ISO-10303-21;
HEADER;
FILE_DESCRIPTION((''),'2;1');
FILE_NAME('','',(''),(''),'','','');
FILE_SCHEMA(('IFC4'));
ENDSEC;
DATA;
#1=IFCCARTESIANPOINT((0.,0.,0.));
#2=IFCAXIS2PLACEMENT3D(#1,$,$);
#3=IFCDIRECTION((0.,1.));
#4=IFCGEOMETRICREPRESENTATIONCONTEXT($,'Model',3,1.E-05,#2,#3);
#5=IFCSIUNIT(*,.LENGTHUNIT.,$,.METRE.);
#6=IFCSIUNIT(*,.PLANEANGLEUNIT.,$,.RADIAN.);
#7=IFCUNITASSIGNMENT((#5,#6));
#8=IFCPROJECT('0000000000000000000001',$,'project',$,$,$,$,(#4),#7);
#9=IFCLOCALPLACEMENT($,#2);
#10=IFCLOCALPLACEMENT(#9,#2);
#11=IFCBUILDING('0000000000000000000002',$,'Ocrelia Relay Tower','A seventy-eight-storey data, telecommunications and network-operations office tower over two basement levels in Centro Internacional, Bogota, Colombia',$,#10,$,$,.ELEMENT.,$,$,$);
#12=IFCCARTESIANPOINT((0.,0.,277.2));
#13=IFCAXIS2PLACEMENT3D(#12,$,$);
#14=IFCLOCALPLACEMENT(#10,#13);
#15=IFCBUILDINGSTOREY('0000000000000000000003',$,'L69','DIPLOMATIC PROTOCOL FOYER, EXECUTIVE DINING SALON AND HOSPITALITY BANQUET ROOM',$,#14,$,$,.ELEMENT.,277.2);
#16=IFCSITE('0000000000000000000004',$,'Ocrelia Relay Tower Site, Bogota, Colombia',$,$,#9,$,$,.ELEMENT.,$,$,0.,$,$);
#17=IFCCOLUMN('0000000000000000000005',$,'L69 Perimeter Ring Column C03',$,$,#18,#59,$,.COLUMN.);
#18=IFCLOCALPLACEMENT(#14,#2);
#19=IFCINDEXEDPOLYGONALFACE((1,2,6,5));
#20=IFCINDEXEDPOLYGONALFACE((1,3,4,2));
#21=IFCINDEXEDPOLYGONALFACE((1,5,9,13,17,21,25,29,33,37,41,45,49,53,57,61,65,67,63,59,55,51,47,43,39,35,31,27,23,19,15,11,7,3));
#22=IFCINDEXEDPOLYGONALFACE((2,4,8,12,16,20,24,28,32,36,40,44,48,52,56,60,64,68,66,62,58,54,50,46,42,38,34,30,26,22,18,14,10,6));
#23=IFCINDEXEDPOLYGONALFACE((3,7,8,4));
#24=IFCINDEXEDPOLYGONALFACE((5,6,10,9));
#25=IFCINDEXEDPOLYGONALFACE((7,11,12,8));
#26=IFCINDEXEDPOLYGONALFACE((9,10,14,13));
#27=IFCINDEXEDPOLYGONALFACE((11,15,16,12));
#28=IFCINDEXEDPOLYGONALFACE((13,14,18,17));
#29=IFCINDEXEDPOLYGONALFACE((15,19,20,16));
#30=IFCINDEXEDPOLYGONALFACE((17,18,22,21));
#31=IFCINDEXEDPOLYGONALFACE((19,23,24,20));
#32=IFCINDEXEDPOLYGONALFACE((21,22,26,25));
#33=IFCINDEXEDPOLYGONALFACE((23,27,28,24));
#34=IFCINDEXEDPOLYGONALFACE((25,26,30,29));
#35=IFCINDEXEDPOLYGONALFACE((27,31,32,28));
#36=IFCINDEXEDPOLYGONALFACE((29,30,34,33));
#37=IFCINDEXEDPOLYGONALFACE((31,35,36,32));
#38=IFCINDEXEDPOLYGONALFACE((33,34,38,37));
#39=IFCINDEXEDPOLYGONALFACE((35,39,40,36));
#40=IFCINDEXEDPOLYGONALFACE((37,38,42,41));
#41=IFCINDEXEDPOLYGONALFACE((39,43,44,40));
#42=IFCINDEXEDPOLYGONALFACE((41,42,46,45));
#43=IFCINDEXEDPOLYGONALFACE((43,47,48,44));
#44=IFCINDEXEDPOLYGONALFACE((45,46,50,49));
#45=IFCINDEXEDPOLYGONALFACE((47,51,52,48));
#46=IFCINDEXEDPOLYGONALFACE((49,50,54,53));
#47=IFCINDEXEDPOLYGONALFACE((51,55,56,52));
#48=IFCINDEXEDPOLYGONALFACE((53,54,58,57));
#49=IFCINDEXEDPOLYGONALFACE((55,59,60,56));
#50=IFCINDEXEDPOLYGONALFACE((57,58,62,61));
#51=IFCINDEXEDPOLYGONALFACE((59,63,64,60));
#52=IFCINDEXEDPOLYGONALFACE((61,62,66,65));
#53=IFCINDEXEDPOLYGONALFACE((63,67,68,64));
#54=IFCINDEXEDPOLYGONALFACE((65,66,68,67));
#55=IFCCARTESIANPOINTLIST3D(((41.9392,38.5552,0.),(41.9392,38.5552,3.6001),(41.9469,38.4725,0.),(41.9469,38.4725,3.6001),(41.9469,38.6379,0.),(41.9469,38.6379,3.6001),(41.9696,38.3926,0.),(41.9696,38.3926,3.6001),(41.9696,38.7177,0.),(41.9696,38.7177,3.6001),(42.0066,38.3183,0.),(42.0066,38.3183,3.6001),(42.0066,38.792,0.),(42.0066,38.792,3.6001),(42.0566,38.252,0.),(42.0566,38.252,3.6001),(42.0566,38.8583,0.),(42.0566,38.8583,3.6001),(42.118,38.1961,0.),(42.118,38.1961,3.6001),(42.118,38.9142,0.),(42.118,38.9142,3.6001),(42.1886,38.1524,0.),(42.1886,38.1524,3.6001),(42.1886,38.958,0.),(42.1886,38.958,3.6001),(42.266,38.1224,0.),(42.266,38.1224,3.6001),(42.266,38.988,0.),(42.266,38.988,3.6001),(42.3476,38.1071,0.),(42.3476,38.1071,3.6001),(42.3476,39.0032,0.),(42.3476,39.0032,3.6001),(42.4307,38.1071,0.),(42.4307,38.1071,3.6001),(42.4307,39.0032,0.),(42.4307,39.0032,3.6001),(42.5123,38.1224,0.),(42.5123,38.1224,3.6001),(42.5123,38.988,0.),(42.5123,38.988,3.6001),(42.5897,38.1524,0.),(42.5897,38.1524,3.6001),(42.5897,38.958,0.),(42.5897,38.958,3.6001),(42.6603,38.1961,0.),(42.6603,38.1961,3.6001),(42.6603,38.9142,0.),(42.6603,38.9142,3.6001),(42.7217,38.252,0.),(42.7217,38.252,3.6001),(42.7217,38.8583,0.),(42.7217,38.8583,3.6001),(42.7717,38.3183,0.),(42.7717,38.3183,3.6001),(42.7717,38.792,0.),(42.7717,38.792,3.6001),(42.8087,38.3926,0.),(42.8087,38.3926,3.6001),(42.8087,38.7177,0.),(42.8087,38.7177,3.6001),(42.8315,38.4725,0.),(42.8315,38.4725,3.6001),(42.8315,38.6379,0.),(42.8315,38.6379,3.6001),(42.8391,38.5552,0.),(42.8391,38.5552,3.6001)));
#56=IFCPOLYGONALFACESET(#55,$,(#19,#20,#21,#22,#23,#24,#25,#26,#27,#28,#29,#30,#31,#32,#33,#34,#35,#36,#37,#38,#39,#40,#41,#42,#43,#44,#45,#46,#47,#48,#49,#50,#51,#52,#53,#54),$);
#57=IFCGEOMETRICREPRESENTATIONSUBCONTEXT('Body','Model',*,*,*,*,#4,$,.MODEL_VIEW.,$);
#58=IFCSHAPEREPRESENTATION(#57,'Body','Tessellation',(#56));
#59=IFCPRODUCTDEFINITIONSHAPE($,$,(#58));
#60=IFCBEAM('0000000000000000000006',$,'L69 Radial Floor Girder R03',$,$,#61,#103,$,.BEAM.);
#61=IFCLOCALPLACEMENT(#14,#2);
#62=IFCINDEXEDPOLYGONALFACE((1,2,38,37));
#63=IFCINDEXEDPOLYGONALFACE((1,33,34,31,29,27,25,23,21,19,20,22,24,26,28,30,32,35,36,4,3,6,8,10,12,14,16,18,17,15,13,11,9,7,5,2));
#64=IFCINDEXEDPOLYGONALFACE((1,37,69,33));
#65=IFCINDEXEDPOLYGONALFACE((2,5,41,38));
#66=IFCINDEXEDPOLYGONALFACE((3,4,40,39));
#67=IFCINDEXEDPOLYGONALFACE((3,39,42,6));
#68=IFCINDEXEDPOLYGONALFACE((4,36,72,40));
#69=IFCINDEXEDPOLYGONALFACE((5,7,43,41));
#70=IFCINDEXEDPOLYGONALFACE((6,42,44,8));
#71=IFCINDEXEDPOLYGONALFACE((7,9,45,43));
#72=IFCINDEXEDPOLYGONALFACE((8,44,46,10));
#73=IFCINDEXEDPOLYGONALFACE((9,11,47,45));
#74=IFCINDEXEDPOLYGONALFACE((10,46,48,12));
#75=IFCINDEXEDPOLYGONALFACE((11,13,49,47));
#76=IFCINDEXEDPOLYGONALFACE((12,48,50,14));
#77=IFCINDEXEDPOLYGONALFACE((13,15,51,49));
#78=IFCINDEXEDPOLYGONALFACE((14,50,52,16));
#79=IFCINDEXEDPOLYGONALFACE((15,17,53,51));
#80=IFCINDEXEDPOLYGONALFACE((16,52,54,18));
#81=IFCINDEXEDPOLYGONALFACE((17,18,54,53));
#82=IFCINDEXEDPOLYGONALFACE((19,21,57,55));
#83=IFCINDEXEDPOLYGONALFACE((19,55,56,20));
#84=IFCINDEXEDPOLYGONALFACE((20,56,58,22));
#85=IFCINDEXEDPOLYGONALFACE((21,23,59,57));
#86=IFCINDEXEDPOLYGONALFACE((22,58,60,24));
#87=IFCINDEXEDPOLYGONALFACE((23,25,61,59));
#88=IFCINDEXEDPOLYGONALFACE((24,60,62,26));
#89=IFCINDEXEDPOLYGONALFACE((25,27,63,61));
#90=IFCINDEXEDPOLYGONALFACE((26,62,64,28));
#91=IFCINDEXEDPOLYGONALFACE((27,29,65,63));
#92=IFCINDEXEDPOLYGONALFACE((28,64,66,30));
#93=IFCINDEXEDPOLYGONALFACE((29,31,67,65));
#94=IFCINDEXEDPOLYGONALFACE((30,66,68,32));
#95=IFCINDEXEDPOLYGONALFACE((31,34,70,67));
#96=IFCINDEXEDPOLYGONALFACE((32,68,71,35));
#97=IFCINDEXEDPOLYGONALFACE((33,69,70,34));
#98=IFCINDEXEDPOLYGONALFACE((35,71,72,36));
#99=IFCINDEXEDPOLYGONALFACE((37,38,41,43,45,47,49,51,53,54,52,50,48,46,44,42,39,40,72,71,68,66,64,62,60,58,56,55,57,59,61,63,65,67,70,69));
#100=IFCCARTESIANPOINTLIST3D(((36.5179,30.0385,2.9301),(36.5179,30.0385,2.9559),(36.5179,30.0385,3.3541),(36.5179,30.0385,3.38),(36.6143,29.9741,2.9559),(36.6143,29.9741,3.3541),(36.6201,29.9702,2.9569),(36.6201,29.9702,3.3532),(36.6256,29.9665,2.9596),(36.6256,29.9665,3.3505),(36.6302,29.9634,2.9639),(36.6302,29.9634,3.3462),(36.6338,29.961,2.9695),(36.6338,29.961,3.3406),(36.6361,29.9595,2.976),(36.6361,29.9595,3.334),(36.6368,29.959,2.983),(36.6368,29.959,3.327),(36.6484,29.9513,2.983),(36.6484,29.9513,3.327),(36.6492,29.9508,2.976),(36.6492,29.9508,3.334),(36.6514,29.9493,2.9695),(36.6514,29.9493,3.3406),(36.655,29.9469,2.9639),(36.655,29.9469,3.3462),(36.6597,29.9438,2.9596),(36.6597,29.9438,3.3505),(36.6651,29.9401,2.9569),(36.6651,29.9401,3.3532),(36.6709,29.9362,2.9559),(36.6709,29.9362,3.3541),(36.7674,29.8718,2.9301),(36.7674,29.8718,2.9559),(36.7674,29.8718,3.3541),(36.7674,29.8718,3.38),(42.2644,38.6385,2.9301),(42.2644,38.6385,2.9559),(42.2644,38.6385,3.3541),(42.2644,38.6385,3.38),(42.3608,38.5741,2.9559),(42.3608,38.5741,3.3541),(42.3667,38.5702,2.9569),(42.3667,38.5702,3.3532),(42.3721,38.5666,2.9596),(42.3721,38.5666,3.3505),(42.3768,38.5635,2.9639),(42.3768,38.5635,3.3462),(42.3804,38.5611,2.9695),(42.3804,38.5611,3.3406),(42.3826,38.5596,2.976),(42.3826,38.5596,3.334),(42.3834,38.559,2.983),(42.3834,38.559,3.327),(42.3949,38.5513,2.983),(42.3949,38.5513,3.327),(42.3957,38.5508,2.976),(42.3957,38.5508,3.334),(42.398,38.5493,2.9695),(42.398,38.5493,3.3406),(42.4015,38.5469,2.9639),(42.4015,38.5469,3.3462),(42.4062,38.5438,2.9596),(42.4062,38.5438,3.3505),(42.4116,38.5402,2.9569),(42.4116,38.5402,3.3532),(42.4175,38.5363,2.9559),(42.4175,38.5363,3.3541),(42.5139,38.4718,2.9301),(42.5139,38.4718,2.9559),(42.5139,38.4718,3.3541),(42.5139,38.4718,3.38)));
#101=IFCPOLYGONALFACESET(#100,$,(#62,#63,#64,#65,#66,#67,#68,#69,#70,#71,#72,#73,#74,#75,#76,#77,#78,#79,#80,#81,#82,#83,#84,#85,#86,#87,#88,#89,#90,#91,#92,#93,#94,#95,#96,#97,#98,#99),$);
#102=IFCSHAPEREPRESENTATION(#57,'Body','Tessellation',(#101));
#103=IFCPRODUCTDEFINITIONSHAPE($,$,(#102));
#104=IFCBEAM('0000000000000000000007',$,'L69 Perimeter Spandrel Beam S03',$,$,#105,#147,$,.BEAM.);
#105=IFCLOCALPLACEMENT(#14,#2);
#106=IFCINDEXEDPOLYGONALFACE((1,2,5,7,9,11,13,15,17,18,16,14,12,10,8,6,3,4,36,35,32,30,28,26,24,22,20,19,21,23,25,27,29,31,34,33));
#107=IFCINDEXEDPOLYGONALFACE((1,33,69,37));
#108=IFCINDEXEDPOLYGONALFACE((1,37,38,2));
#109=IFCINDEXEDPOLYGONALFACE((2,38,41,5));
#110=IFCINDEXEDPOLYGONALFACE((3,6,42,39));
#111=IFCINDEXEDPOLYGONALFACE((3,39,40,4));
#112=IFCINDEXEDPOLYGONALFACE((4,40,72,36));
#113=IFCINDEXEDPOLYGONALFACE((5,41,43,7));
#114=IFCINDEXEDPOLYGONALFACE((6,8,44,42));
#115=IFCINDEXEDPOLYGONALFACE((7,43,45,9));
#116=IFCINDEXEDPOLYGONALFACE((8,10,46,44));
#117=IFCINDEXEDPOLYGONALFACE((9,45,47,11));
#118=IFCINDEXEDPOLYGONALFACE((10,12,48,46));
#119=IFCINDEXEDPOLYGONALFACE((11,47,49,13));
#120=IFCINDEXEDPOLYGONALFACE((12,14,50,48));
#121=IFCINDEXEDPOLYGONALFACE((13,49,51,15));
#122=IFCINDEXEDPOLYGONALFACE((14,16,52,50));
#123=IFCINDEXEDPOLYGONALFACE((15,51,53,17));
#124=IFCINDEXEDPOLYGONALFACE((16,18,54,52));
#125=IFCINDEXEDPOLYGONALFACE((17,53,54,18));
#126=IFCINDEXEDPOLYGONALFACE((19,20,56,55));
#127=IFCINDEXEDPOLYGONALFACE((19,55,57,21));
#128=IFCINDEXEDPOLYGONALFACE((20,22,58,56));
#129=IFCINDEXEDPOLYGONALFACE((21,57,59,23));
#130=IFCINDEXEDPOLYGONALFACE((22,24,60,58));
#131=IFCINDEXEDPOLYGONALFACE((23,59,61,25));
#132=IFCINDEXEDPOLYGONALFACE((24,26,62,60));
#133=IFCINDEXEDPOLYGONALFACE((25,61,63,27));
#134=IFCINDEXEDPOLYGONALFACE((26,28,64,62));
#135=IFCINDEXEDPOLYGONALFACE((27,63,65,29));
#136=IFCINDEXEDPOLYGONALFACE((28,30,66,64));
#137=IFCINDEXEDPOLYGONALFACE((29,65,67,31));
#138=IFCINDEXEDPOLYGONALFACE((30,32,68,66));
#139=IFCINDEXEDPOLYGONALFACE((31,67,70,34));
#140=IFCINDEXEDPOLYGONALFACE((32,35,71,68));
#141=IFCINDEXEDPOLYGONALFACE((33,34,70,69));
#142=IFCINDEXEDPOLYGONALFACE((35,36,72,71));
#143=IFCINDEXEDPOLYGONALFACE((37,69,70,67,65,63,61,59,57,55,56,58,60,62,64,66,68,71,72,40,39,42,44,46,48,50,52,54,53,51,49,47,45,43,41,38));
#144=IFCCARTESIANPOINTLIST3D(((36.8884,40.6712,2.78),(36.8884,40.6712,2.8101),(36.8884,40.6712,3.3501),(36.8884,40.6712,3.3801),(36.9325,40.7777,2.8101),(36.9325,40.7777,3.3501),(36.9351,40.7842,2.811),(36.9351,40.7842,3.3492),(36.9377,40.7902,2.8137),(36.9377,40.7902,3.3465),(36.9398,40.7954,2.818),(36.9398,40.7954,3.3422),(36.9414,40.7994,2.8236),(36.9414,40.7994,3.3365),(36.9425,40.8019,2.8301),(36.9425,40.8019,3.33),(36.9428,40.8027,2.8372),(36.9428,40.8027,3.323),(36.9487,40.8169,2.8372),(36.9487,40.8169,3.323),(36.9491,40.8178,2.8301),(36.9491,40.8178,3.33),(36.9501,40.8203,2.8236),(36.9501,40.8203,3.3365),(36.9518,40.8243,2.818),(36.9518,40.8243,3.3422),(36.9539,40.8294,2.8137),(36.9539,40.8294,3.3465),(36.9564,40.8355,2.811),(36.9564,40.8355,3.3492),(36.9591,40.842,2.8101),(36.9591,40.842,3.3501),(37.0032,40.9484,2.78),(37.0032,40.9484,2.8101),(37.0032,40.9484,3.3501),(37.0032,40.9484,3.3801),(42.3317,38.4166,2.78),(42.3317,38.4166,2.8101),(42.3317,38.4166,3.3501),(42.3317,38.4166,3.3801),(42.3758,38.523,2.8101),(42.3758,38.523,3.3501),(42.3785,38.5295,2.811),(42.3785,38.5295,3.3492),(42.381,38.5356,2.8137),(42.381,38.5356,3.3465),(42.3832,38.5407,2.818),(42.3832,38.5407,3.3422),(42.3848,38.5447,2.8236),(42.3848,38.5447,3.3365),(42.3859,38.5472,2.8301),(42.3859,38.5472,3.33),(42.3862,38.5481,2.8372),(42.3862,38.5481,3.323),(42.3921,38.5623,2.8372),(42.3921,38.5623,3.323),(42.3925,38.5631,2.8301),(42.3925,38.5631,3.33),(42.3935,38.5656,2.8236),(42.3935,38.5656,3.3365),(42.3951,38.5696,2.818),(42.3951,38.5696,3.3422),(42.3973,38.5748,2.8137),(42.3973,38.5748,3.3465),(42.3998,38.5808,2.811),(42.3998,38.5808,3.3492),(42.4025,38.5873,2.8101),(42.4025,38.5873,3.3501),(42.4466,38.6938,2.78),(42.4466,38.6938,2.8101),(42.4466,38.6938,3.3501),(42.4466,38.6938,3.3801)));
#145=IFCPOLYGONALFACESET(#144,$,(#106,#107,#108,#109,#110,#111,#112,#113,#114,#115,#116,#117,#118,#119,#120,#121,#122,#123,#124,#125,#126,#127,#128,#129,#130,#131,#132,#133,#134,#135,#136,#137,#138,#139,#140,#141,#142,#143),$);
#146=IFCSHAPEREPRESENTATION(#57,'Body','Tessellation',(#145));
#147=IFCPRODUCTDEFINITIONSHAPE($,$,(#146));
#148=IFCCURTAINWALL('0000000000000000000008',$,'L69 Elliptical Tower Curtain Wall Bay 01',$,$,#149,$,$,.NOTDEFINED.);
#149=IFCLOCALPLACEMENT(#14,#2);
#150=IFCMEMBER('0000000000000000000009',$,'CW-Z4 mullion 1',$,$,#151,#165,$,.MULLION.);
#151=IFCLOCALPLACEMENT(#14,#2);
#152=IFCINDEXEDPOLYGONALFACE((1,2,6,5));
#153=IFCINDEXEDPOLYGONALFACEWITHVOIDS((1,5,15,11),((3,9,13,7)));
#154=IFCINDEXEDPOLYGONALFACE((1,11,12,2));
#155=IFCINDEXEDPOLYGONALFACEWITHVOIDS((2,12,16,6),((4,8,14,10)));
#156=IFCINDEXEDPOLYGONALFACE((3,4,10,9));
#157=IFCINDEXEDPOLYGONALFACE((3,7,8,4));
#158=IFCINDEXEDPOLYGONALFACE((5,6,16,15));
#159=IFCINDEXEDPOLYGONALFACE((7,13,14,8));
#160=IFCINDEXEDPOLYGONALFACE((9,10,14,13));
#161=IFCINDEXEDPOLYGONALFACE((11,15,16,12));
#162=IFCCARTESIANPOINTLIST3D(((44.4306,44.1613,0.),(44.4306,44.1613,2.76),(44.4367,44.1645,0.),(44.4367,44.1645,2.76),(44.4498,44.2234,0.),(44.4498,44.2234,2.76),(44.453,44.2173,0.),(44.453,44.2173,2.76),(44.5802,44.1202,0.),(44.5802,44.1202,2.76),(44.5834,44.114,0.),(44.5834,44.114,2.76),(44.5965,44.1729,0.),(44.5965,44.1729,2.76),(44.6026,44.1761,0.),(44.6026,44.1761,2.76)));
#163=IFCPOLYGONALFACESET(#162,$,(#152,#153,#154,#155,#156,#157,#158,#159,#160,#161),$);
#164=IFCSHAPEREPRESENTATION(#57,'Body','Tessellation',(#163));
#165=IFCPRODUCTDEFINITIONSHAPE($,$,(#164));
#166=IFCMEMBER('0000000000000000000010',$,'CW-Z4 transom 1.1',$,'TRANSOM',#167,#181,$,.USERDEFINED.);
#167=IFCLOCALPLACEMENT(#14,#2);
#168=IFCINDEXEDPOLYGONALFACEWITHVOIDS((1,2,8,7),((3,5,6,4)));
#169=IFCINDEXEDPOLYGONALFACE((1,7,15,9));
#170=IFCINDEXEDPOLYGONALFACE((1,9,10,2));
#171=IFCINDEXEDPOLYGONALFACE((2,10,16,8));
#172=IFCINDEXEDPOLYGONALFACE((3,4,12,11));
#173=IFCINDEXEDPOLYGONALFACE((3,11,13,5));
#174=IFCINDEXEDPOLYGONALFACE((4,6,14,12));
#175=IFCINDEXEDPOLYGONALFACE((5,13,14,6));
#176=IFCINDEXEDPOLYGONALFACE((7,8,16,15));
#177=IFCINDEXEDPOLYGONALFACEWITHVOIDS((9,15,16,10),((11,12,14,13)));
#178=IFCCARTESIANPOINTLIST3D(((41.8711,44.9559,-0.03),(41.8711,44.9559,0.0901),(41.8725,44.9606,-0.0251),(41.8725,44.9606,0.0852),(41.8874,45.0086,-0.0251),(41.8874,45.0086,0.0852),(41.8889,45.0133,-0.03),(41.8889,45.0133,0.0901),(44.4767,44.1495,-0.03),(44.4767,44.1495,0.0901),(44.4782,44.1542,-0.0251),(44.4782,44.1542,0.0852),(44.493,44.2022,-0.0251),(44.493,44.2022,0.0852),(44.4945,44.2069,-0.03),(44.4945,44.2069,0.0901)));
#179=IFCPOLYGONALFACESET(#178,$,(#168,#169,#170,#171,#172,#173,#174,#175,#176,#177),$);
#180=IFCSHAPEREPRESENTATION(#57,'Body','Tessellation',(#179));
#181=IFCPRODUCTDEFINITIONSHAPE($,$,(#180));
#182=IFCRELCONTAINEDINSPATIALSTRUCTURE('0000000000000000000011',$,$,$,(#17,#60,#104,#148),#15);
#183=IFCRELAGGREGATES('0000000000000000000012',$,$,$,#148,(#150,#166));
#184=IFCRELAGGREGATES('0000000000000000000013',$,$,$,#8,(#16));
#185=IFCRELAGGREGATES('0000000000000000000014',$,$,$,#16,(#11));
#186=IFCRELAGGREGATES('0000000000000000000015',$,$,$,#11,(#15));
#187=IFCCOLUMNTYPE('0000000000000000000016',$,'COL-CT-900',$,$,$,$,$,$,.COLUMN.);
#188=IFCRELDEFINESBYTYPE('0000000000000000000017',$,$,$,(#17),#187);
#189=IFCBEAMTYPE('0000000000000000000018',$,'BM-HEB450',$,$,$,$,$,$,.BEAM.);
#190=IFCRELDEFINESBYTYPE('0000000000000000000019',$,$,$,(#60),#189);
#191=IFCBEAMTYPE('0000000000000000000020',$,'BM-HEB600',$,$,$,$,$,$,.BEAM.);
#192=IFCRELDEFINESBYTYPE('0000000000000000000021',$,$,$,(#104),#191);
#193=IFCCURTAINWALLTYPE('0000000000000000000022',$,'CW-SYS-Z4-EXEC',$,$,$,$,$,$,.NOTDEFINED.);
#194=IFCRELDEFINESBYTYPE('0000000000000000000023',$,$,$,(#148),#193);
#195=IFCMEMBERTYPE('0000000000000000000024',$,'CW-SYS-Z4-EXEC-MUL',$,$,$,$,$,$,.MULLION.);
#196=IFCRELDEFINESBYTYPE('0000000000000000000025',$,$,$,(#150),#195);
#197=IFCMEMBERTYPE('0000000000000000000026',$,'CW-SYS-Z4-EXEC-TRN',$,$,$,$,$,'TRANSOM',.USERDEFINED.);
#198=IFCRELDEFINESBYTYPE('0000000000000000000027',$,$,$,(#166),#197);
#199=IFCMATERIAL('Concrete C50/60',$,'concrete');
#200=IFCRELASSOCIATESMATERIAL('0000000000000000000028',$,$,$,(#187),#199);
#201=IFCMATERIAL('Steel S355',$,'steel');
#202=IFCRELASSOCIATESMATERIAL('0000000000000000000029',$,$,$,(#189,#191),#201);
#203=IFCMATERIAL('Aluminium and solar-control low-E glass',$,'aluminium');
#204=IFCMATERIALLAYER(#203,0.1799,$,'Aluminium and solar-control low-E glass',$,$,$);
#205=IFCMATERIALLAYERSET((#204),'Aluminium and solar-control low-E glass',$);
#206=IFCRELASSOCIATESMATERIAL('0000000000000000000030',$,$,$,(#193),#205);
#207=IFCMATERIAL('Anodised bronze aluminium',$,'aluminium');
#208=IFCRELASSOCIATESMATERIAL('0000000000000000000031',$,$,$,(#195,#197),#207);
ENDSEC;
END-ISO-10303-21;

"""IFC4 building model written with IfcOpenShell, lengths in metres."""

from ifc_helpers import new_model, si_unit, direction, frame, origin, origin_2d, place, context, subcontext, project, spatial, hollow_rectangle, circle, i_section, extrude, material, layer, layer_set, material_profile, profile_set, type_object, element, aggregate, save


model = new_model("IFC4")

# Units and contexts
model_context = context("Model", 3, precision=1e-05, world=origin(), true_north=direction((0.0, 1.0)))
body_context = subcontext(model_context, "Body", "Model", "MODEL_VIEW")
ifc_project = project(units=[si_unit("LENGTHUNIT", "METRE"), si_unit("PLANEANGLEUNIT", "RADIAN")], contexts=[model_context])

# Site, building, storey
site_placement = place(None, origin())
site = spatial("IfcSite", under=ifc_project, at=site_placement, Name="Ocrelia Relay Tower Site, Bogota, Colombia", CompositionType="ELEMENT", RefElevation=0.0)
building_placement = place(site_placement, origin())
building = spatial("IfcBuilding", under=site, at=building_placement, Name="Ocrelia Relay Tower", Description="A seventy-eight-storey data, telecommunications and network-operations office tower over two basement levels in Centro Internacional, Bogota, Colombia", CompositionType="ELEMENT")
storey_placement = place(building_placement, frame((0.0, 0.0, 277.2)))
storey = spatial("IfcBuildingStorey", under=building, at=storey_placement, Name="L69", Description="DIPLOMATIC PROTOCOL FOYER, EXECUTIVE DINING SALON AND HOSPITALITY BANQUET ROOM", CompositionType="ELEMENT", Elevation=277.2)

# Column
ifc_material_1 = material(Name="Concrete C50/60", Category="concrete")
ifc_material_profile_1 = material_profile(ifc_material_1, circle(Radius=0.45, at=origin_2d()), Name="RC-CIR-900")
ifc_profile_set_1 = profile_set([ifc_material_profile_1], Name="Concrete C50/60")
column_type = type_object("IfcColumnType", Name="COL-CT-900", PredefinedType="COLUMN", material=ifc_profile_set_1)
column_placement = place(storey_placement, frame((42.3892, 38.5552, 0.0), z_axis=(0.0, 0.0, 1.0), x_axis=(1.0, 0.0, 0.0)))
element("IfcColumn", 1, at=column_placement, inside=storey, type_object=column_type, Name="L69 Perimeter Ring Column C03", PredefinedType="COLUMN", context=body_context, shape_type="SweptSolid", body=[
    extrude(circle(Radius=0.45, at=origin_2d()), origin(), (0.0, 0.0, 1.0), 3.6001),
])

# Beams
ifc_material_2 = material(Name="Steel S355", Category="steel")
ifc_material_profile_2 = material_profile(ifc_material_2, i_section(OverallWidth=0.3, OverallDepth=0.45, WebThickness=0.0139, FlangeThickness=0.0259, FilletRadius=0.0271, at=origin_2d()), Name="HEB 450")
ifc_profile_set_2 = profile_set([ifc_material_profile_2], Name="Steel S355")
beam_type_1 = type_object("IfcBeamType", Name="BM-HEB450", PredefinedType="BEAM", material=ifc_profile_set_2)
beam_1_placement = place(storey_placement, frame((42.3892, 38.5552, 3.155), z_axis=(-0.555582, -0.831462, 0.0), x_axis=(0.831462, -0.555582, 0.0)))
element("IfcBeam", 2, at=beam_1_placement, inside=storey, type_object=beam_type_1, Name="L69 Radial Floor Girder R03", PredefinedType="BEAM", context=body_context, shape_type="SweptSolid", body=[
    extrude(i_section(OverallWidth=0.3, OverallDepth=0.45, WebThickness=0.0139, FlangeThickness=0.0259, FilletRadius=0.0271, at=origin_2d()), origin(), (0.0, 0.0, 1.0), 10.3433),
])
ifc_material_profile_3 = material_profile(ifc_material_2, i_section(OverallWidth=0.3, OverallDepth=0.6001, WebThickness=0.0154, FlangeThickness=0.03, FilletRadius=0.0271, at=origin_2d()), Name="HEB 600")
ifc_profile_set_3 = profile_set([ifc_material_profile_3], Name="Steel S355")
beam_type_2 = type_object("IfcBeamType", Name="BM-HEB600", PredefinedType="BEAM", material=ifc_profile_set_3)
beam_2_placement = place(storey_placement, frame((42.3892, 38.5552, 3.0801), z_axis=(-0.923884, 0.382673, 0.0), x_axis=(-0.382673, -0.923884, 0.0)))
element("IfcBeam", 3, at=beam_2_placement, inside=storey, type_object=beam_type_2, Name="L69 Perimeter Spandrel Beam S03", PredefinedType="BEAM", context=body_context, shape_type="SweptSolid", body=[
    extrude(i_section(OverallWidth=0.3, OverallDepth=0.6001, WebThickness=0.0154, FlangeThickness=0.03, FilletRadius=0.0271, at=origin_2d()), origin(), (0.0, 0.0, 1.0), 5.8918),
])

# Curtain wall, members
ifc_material_3 = material(Name="Aluminium and solar-control low-E glass", Category="aluminium")
ifc_layer_1 = layer(ifc_material_3, 0.1799, Name="Aluminium and solar-control low-E glass")
ifc_layer_set_1 = layer_set([ifc_layer_1], Name="Aluminium and solar-control low-E glass")
curtain_wall_type = type_object("IfcCurtainWallType", Name="CW-SYS-Z4-EXEC", PredefinedType="NOTDEFINED", material=ifc_layer_set_1)
curtain_wall_placement = place(storey_placement, origin())
curtain_wall = element("IfcCurtainWall", 4, at=curtain_wall_placement, inside=storey, type_object=curtain_wall_type, Name="L69 Elliptical Tower Curtain Wall Bay 01", PredefinedType="NOTDEFINED")
ifc_material_4 = material(Name="Anodised bronze aluminium", Category="aluminium")
ifc_material_profile_4 = material_profile(ifc_material_4, hollow_rectangle(XDim=0.0649, YDim=0.1599, WallThickness=0.0049, at=origin_2d()), Name="CW-MUL-160x65")
ifc_profile_set_4 = profile_set([ifc_material_profile_4], Name="Anodised bronze aluminium")
member_type_1 = type_object("IfcMemberType", Name="CW-SYS-Z4-EXEC-MUL", PredefinedType="MULLION", material=ifc_profile_set_4)
member_1_placement = place(storey_placement, frame((44.5166, 44.1687, 0.0), z_axis=(0.0, 0.0, 1.0), x_axis=(-0.295665, -0.955292, 0.0)))
member_1 = element("IfcMember", 5, at=member_1_placement, type_object=member_type_1, Name="CW-Z4 mullion 1", PredefinedType="MULLION", context=body_context, shape_type="SweptSolid", body=[
    extrude(hollow_rectangle(XDim=0.0649, YDim=0.1599, WallThickness=0.0049, at=origin_2d()), origin(), (0.0, 0.0, 1.0), 2.76),
])
ifc_material_profile_5 = material_profile(ifc_material_4, hollow_rectangle(XDim=0.0601, YDim=0.1201, WallThickness=0.0049, at=origin_2d()), Name="CW-TRN-120x60")
ifc_profile_set_5 = profile_set([ifc_material_profile_5], Name="Anodised bronze aluminium")
member_type_2 = type_object("IfcMemberType", Name="CW-SYS-Z4-EXEC-TRN", ElementType="TRANSOM", PredefinedType="USERDEFINED", material=ifc_profile_set_5)
member_2_placement = place(storey_placement, frame((44.4856, 44.1782, 0.03), z_axis=(-0.9553, 0.295639, 0.0), x_axis=(-0.295639, -0.9553, 0.0)))
member_2 = element("IfcMember", 6, at=member_2_placement, type_object=member_type_2, Name="CW-Z4 transom 1.1", ObjectType="TRANSOM", PredefinedType="USERDEFINED", context=body_context, shape_type="SweptSolid", body=[
    extrude(hollow_rectangle(XDim=0.0601, YDim=0.1201, WallThickness=0.0049, at=origin_2d()), origin(), (0.0, 0.0, 1.0), 2.7275),
])
aggregate(curtain_wall, [member_1, member_2])

save(model, "model.ifc")
